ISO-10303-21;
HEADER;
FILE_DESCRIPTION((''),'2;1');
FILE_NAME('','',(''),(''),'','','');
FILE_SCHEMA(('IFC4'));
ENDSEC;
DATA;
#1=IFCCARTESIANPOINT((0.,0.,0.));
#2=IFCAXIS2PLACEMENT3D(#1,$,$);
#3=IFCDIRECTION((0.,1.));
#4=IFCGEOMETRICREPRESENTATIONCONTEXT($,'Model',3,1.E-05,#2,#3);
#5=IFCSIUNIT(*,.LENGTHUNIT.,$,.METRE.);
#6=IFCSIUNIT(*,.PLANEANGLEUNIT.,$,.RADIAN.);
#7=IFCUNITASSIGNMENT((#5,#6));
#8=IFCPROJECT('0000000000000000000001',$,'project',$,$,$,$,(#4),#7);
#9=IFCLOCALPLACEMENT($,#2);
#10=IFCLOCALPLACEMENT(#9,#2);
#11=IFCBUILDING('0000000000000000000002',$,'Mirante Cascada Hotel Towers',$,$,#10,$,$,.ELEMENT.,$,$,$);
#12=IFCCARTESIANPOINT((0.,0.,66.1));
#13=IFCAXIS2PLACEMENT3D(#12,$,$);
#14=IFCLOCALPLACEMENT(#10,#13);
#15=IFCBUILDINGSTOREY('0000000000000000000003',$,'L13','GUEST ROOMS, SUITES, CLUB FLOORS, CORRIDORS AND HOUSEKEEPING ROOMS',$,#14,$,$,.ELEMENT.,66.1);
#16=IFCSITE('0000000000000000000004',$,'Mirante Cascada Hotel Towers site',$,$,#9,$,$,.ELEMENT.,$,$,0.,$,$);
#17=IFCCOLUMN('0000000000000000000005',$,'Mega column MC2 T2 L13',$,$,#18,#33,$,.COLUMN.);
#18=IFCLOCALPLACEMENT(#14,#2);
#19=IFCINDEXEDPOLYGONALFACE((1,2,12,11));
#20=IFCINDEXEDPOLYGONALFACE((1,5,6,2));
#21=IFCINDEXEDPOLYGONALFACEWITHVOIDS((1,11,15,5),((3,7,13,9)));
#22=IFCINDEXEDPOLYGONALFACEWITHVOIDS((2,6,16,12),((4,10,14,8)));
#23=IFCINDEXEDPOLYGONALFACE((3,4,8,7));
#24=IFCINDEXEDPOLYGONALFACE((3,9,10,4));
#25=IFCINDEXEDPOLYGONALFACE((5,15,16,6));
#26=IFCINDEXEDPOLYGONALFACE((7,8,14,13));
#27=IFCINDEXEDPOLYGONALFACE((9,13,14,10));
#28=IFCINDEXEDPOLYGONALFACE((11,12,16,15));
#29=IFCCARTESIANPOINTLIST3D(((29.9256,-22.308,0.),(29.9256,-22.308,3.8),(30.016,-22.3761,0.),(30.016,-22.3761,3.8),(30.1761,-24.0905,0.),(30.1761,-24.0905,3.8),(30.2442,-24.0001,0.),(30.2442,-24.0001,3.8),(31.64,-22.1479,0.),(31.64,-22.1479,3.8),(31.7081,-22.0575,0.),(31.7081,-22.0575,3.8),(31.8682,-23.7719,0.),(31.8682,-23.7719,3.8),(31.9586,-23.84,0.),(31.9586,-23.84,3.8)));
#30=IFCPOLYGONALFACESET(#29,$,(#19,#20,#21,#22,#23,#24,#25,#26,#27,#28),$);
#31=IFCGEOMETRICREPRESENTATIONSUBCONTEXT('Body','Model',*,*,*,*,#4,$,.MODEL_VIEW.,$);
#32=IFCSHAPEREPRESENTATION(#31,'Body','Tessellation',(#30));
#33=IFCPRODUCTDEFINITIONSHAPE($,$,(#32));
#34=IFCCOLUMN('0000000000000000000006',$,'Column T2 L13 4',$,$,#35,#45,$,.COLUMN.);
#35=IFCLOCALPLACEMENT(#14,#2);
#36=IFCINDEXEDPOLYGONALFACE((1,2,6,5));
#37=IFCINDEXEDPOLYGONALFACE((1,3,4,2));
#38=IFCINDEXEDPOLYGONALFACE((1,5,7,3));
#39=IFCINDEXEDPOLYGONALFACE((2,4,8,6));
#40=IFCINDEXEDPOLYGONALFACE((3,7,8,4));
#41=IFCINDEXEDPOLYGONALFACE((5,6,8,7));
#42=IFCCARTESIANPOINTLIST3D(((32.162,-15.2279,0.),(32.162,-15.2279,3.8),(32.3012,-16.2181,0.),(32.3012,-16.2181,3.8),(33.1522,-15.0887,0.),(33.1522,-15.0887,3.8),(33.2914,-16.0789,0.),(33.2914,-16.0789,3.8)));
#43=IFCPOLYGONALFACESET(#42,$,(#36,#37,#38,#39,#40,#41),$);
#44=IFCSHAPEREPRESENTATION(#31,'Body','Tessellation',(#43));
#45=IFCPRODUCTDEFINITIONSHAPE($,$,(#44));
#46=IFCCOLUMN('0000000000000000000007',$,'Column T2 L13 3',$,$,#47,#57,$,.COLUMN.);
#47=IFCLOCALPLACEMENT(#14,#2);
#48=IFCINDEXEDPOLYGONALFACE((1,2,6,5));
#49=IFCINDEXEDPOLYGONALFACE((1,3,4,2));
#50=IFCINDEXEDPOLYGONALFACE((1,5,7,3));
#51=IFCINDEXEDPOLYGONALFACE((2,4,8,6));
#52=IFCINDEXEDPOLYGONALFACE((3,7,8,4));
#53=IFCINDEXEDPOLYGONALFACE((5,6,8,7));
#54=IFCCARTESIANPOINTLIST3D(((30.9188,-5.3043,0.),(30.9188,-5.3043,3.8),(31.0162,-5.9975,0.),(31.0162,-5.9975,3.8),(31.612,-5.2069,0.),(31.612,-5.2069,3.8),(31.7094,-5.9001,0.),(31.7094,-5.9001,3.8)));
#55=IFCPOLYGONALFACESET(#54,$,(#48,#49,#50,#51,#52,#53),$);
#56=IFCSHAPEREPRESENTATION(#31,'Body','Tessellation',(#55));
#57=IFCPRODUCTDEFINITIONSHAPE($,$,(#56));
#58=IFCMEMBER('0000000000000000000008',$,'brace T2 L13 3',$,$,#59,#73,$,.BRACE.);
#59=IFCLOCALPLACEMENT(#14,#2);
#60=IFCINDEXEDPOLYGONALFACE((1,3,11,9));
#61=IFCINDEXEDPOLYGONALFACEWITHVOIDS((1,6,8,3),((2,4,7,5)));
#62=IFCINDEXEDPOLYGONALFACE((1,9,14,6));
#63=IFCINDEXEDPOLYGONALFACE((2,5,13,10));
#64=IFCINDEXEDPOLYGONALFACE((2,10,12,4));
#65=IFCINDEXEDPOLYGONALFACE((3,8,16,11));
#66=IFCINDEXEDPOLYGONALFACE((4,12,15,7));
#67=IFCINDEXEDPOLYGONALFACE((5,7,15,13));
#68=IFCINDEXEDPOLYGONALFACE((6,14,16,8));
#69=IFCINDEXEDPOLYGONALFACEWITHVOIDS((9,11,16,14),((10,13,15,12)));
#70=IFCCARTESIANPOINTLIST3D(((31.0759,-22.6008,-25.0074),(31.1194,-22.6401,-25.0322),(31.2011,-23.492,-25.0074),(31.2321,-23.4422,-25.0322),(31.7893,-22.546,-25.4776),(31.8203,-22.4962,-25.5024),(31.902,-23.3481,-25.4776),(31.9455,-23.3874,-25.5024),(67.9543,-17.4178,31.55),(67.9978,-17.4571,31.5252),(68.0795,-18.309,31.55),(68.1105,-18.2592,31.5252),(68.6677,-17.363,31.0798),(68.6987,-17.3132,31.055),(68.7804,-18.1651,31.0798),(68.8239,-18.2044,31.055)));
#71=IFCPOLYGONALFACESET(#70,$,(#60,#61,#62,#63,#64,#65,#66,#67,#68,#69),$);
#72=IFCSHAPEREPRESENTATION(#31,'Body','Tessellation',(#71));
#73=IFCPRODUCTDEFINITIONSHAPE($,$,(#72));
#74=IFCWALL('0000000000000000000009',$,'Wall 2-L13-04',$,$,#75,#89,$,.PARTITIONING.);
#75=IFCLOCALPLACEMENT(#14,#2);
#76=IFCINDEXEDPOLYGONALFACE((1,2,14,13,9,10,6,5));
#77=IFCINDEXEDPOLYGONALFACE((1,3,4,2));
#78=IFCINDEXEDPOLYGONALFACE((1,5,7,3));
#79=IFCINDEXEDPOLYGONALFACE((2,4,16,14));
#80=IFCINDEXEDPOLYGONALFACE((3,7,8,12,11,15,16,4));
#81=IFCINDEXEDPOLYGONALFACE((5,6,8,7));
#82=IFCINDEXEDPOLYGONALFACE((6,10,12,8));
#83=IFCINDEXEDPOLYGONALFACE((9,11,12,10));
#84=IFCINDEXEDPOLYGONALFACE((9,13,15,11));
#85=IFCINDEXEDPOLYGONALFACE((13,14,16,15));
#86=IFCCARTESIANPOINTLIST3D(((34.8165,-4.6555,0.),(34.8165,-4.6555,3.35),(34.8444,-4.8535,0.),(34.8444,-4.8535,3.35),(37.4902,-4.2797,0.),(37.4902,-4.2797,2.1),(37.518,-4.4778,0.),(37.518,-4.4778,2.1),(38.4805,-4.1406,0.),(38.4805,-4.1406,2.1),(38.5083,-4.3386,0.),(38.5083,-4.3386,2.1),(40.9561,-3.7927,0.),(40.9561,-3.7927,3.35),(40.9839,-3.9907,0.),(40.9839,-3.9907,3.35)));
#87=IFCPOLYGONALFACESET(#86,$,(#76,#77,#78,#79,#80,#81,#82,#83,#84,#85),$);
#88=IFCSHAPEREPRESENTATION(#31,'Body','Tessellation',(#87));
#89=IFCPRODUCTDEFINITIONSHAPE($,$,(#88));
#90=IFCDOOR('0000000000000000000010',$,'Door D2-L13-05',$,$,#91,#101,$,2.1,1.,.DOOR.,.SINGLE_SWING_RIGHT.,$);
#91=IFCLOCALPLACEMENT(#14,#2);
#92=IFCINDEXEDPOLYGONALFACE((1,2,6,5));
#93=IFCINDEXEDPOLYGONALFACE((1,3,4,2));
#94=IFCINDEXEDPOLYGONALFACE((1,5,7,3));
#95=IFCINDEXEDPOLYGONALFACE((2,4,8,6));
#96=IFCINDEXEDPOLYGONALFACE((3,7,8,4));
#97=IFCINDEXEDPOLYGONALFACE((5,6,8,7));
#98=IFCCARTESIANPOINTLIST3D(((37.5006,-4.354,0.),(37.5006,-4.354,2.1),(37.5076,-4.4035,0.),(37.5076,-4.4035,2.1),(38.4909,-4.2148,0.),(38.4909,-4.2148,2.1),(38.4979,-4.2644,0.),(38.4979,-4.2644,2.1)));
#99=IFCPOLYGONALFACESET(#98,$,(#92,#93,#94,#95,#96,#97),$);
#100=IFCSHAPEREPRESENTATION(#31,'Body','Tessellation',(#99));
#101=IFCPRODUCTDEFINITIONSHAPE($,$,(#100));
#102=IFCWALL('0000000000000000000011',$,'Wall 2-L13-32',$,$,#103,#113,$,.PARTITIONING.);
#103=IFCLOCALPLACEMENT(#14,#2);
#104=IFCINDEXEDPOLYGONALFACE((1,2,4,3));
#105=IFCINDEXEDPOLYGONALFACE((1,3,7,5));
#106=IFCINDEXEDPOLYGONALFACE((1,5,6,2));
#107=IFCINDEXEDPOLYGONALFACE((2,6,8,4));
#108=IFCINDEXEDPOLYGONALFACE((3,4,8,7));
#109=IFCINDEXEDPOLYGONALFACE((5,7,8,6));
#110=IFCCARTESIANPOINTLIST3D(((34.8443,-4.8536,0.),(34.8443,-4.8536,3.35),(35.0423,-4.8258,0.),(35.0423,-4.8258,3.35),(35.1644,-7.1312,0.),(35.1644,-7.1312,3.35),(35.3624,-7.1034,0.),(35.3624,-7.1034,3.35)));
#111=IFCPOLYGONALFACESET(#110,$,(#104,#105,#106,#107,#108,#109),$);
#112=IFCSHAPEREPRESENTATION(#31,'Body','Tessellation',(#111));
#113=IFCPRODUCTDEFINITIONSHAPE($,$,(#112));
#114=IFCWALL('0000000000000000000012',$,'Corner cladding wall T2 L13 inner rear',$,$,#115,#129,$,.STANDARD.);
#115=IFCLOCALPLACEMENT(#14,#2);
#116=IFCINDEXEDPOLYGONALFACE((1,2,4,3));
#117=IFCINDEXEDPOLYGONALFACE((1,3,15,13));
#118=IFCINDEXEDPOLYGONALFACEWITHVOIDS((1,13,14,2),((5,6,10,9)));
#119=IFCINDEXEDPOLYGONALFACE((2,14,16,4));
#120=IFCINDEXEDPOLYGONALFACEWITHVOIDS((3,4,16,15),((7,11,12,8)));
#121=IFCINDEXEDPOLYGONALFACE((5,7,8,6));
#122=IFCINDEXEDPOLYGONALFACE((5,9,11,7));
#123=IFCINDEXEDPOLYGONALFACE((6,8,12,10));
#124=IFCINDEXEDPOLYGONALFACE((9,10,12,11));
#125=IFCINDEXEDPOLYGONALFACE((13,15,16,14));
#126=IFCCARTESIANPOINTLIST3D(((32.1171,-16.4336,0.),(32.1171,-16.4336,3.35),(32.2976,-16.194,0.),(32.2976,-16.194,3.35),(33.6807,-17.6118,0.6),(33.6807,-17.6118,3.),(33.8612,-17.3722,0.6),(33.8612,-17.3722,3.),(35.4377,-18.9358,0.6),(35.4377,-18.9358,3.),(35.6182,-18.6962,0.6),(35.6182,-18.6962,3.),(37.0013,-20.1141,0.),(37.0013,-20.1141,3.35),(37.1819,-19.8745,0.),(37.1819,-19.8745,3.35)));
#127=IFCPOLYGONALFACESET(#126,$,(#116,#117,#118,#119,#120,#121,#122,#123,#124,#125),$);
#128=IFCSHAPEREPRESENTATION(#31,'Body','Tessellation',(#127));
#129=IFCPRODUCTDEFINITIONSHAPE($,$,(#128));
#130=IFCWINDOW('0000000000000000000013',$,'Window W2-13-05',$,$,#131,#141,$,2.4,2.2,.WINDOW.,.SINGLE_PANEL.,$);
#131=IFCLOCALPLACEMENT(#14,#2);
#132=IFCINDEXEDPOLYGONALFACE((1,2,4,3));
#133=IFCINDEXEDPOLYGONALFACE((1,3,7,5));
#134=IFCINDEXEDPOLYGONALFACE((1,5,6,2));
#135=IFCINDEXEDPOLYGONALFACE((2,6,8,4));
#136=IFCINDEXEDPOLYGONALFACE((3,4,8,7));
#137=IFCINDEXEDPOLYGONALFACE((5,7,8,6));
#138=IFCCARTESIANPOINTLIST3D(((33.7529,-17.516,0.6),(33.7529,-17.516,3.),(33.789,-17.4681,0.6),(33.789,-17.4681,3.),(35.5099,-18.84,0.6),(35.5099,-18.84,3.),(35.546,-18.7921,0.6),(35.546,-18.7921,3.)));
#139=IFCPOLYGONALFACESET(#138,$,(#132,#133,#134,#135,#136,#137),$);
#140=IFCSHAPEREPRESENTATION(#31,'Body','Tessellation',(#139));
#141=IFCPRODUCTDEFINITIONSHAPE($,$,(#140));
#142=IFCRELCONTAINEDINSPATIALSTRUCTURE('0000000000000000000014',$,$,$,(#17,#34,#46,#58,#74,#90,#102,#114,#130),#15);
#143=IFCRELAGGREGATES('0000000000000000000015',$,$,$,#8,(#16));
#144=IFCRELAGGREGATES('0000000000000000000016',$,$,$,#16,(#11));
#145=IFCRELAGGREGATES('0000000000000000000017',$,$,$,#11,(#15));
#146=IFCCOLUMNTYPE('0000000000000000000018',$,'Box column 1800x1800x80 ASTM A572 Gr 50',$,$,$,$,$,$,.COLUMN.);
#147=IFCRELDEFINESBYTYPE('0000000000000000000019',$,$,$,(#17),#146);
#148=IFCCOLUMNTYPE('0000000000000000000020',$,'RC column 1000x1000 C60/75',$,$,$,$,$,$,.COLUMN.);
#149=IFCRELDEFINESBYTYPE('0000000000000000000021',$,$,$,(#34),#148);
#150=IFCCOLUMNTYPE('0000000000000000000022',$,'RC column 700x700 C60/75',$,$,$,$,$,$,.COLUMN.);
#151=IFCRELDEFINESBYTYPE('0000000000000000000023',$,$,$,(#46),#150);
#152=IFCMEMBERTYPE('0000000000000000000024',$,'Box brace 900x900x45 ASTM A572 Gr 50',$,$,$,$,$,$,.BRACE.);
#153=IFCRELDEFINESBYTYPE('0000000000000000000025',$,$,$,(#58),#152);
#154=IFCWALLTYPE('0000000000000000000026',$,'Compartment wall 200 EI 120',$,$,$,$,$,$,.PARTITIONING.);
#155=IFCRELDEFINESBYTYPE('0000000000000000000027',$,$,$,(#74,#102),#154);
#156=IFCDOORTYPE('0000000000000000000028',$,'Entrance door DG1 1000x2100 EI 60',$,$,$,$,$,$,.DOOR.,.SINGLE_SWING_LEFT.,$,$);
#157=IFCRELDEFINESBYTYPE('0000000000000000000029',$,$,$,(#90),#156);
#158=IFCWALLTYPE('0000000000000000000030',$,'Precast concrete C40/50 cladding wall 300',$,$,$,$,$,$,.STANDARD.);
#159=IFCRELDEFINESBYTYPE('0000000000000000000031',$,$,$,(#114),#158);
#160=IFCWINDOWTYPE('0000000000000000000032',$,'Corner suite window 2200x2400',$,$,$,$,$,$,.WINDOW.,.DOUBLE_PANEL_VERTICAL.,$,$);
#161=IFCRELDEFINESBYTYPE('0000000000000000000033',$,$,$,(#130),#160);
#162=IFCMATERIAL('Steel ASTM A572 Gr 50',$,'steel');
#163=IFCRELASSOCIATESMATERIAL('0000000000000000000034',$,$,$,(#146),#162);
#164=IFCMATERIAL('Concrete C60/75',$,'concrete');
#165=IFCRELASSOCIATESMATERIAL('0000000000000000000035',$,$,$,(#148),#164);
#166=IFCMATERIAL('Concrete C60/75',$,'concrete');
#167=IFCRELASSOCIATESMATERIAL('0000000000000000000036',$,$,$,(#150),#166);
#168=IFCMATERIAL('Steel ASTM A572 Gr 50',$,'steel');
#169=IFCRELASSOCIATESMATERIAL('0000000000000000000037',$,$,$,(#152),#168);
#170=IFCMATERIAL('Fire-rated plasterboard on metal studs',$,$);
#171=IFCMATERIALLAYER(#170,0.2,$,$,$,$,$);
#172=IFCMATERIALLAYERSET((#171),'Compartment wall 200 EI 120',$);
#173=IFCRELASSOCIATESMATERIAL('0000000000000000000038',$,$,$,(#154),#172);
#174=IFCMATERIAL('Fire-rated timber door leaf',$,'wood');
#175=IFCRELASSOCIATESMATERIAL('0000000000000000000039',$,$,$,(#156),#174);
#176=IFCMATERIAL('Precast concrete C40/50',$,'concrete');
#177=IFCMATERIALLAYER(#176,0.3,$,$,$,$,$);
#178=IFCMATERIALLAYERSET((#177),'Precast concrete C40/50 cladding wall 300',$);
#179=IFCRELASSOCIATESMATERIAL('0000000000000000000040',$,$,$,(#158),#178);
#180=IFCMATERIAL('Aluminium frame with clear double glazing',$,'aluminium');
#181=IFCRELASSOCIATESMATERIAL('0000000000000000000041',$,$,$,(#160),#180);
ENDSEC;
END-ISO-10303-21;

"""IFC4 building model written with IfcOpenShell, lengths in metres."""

from ifc_helpers import new_model, si_unit, direction, frame, frame_2d, origin, origin_2d, place, context, subcontext, project, spatial, rectangle, hollow_rectangle, extrude, material, layer, layer_set, material_profile, profile_set, type_object, element, fill, save


model = new_model("IFC4")

# Units and contexts
model_context = context("Model", 3, precision=1e-05, world=origin(), true_north=direction((0.0, 1.0)))
body_context = subcontext(model_context, "Body", "Model", "MODEL_VIEW")
ifc_project = project(units=[si_unit("LENGTHUNIT", "METRE"), si_unit("PLANEANGLEUNIT", "RADIAN")], contexts=[model_context])

# Site, building, storey
site_placement = place(None, origin())
site = spatial("IfcSite", under=ifc_project, at=site_placement, Name="Mirante Cascada Hotel Towers site", CompositionType="ELEMENT", RefElevation=0.0)
building_placement = place(site_placement, origin())
building = spatial("IfcBuilding", under=site, at=building_placement, Name="Mirante Cascada Hotel Towers", CompositionType="ELEMENT")
storey_placement = place(building_placement, frame((0.0, 0.0, 66.1)))
storey = spatial("IfcBuildingStorey", under=building, at=storey_placement, Name="L13", Description="GUEST ROOMS, SUITES, CLUB FLOORS, CORRIDORS AND HOUSEKEEPING ROOMS", CompositionType="ELEMENT", Elevation=66.1)

# Columns
ifc_material_1 = material(Name="Steel ASTM A572 Gr 50", Category="steel")
ifc_material_profile_1 = material_profile(ifc_material_1, hollow_rectangle(XDim=1.8, YDim=1.8, WallThickness=0.08, at=origin_2d()), Name="Box column 1800x1800x80 ASTM A572 Gr 50")
ifc_profile_set_1 = profile_set([ifc_material_profile_1], Name="Steel ASTM A572 Gr 50")
column_type_1 = type_object("IfcColumnType", Name="Box column 1800x1800x80 ASTM A572 Gr 50", PredefinedType="COLUMN", material=ifc_profile_set_1)
column_1_placement = place(storey_placement, frame((30.9421, -23.074, 0.0), z_axis=(0.0, 0.0, 1.0), x_axis=(0.990268, 0.139173, 0.0)))
element("IfcColumn", 1, at=column_1_placement, inside=storey, type_object=column_type_1, Name="Mega column MC2 T2 L13", PredefinedType="COLUMN", context=body_context, shape_type="SweptSolid", body=[
    extrude(hollow_rectangle(XDim=1.8, YDim=1.8, WallThickness=0.08, at=origin_2d()), origin(), (0.0, 0.0, 1.0), 3.8),
])
ifc_material_2 = material(Name="Concrete C60/75", Category="concrete")
ifc_material_profile_2 = material_profile(ifc_material_2, rectangle(XDim=1.0, YDim=1.0, at=origin_2d()), Name="RC column 1000x1000 C60/75")
ifc_profile_set_2 = profile_set([ifc_material_profile_2], Name="Concrete C60/75")
column_type_2 = type_object("IfcColumnType", Name="RC column 1000x1000 C60/75", PredefinedType="COLUMN", material=ifc_profile_set_2)
column_2_placement = place(storey_placement, frame((32.7267, -15.6534, 0.0), z_axis=(0.0, 0.0, 1.0), x_axis=(0.990268, 0.139173, 0.0)))
element("IfcColumn", 2, at=column_2_placement, inside=storey, type_object=column_type_2, Name="Column T2 L13 4", PredefinedType="COLUMN", context=body_context, shape_type="SweptSolid", body=[
    extrude(rectangle(XDim=1.0, YDim=1.0, at=origin_2d()), origin(), (0.0, 0.0, 1.0), 3.8),
])
ifc_material_3 = material(Name="Concrete C60/75", Category="concrete")
ifc_material_profile_3 = material_profile(ifc_material_3, rectangle(XDim=0.7, YDim=0.7, at=origin_2d()), Name="RC column 700x700 C60/75")
ifc_profile_set_3 = profile_set([ifc_material_profile_3], Name="Concrete C60/75")
column_type_3 = type_object("IfcColumnType", Name="RC column 700x700 C60/75", PredefinedType="COLUMN", material=ifc_profile_set_3)
column_3_placement = place(storey_placement, frame((31.3141, -5.6022, 0.0), z_axis=(0.0, 0.0, 1.0), x_axis=(0.990268, 0.139173, 0.0)))
element("IfcColumn", 3, at=column_3_placement, inside=storey, type_object=column_type_3, Name="Column T2 L13 3", PredefinedType="COLUMN", context=body_context, shape_type="SweptSolid", body=[
    extrude(rectangle(XDim=0.7, YDim=0.7, at=origin_2d()), origin(), (0.0, 0.0, 1.0), 3.8),
])

# Member
ifc_material_4 = material(Name="Steel ASTM A572 Gr 50", Category="steel")
ifc_material_profile_4 = material_profile(ifc_material_4, hollow_rectangle(XDim=0.9, YDim=0.9, WallThickness=0.045, at=origin_2d()), Name="Box brace 900x900x45 ASTM A572 Gr 50")
ifc_profile_set_4 = profile_set([ifc_material_profile_4], Name="Steel ASTM A572 Gr 50")
member_type = type_object("IfcMemberType", Name="Box brace 900x900x45 ASTM A572 Gr 50", PredefinedType="BRACE", material=ifc_profile_set_4)
member_placement = place(storey_placement, frame((31.5107, -22.9941, -25.2549), z_axis=(0.544594, 0.076539, 0.8352), x_axis=(-0.139175, 0.990268, 0.0)))
element("IfcMember", 4, at=member_placement, inside=storey, type_object=member_type, Name="brace T2 L13 3", PredefinedType="BRACE", context=body_context, shape_type="SweptSolid", body=[
    extrude(hollow_rectangle(XDim=0.9, YDim=0.9, WallThickness=0.045, at=origin_2d()), origin(), (0.0, 0.0, 1.0), 67.7172),
])

# Wall, opening, door
ifc_material_5 = material(Name="Fire-rated plasterboard on metal studs")
ifc_layer_1 = layer(ifc_material_5, 0.2)
ifc_layer_set_1 = layer_set([ifc_layer_1], Name="Compartment wall 200 EI 120")
wall_type_1 = type_object("IfcWallType", Name="Compartment wall 200 EI 120", PredefinedType="PARTITIONING", material=ifc_layer_set_1)
wall_1_placement = place(storey_placement, frame((34.8304, -4.7545, 0.0), z_axis=(0.0, 0.0, 1.0), x_axis=(0.99027, 0.139163, 0.0)))
wall_1 = element("IfcWall", 5, at=wall_1_placement, inside=storey, type_object=wall_type_1, Name="Wall 2-L13-04", PredefinedType="PARTITIONING", context=body_context, shape_type="SweptSolid", body=[
    extrude(rectangle(XDim=6.1999, YDim=0.2, at=frame_2d((3.1, 0.0))), origin(), (0.0, 0.0, 1.0), 3.35),
])
opening_1_placement = place(wall_1_placement, frame((2.7, 0.0, 0.0)))
opening_1 = element("IfcOpeningElement", 6, at=opening_1_placement, cuts=wall_1, PredefinedType="OPENING", context=body_context, shape_type="SweptSolid", body=[
    extrude(rectangle(XDim=1.0, YDim=2.1, at=frame_2d((0.5, 1.05))), frame((0.0, 0.1, 0.0), z_axis=(0.0, -1.0, 0.0), x_axis=(1.0, 0.0, 0.0)), (0.0, 0.0, 1.0), 0.2),
])
ifc_material_6 = material(Name="Fire-rated timber door leaf", Category="wood")
door_type_1 = type_object("IfcDoorType", Name="Entrance door DG1 1000x2100 EI 60", OperationType="SINGLE_SWING_LEFT", PredefinedType="DOOR", material=ifc_material_6)
door_1_placement = place(opening_1_placement, frame((1.0, 0.0, 0.0), z_axis=(0.0, 0.0, 1.0), x_axis=(-1.0, 0.0, 0.0)))
door_1 = element("IfcDoor", 7, at=door_1_placement, inside=storey, type_object=door_type_1, Name="Door D2-L13-05", OperationType="SINGLE_SWING_RIGHT", OverallHeight=2.1, OverallWidth=1.0, PredefinedType="DOOR", context=body_context, shape_type="SweptSolid", body=[
    extrude(rectangle(XDim=1.0, YDim=2.1, at=frame_2d((0.5, 1.05))), frame((0.0, 0.025, 0.0), z_axis=(0.0, -1.0, 0.0), x_axis=(1.0, 0.0, 0.0)), (0.0, 0.0, 1.0), 0.05),
])
fill(opening_1, door_1)

# Wall
wall_2_placement = place(storey_placement, frame((35.2634, -7.1173, 0.0), z_axis=(0.0, 0.0, 1.0), x_axis=(-0.139175, 0.990268, 0.0)))
element("IfcWall", 8, at=wall_2_placement, inside=storey, type_object=wall_type_1, Name="Wall 2-L13-32", PredefinedType="PARTITIONING", context=body_context, shape_type="SweptSolid", body=[
    extrude(rectangle(XDim=2.3, YDim=0.2, at=frame_2d((1.15, 0.0))), origin(), (0.0, 0.0, 1.0), 3.35),
])

# Wall, opening, window
ifc_material_7 = material(Name="Precast concrete C40/50", Category="concrete")
ifc_layer_2 = layer(ifc_material_7, 0.3)
ifc_layer_set_2 = layer_set([ifc_layer_2], Name="Precast concrete C40/50 cladding wall 300")
wall_type_2 = type_object("IfcWallType", Name="Precast concrete C40/50 cladding wall 300", PredefinedType="STANDARD", material=ifc_layer_set_2)
wall_3_placement = place(storey_placement, frame((32.2074, -16.3138, 0.0), z_axis=(0.0, 0.0, 1.0), x_axis=(0.798636, -0.601814, 0.0)))
wall_3 = element("IfcWall", 9, at=wall_3_placement, inside=storey, type_object=wall_type_2, Name="Corner cladding wall T2 L13 inner rear", PredefinedType="STANDARD", context=body_context, shape_type="SweptSolid", body=[
    extrude(rectangle(XDim=6.1157, YDim=0.3, at=frame_2d((3.0578, 0.0))), origin(), (0.0, 0.0, 1.0), 3.35),
])
opening_2_placement = place(wall_3_placement, frame((1.9578, 0.0, 0.6)))
opening_2 = element("IfcOpeningElement", 10, at=opening_2_placement, cuts=wall_3, PredefinedType="OPENING", context=body_context, shape_type="SweptSolid", body=[
    extrude(rectangle(XDim=2.2, YDim=2.4, at=frame_2d((1.1, 1.2))), frame((0.0, 0.15, 0.0), z_axis=(0.0, -1.0, 0.0), x_axis=(1.0, 0.0, 0.0)), (0.0, 0.0, 1.0), 0.3),
])
ifc_material_8 = material(Name="Aluminium frame with clear double glazing", Category="aluminium")
window_type = type_object("IfcWindowType", Name="Corner suite window 2200x2400", PartitioningType="DOUBLE_PANEL_VERTICAL", PredefinedType="WINDOW", material=ifc_material_8)
window_placement = place(opening_2_placement, origin())
window = element("IfcWindow", 11, at=window_placement, inside=storey, type_object=window_type, Name="Window W2-13-05", OverallHeight=2.4, OverallWidth=2.2, PartitioningType="SINGLE_PANEL", PredefinedType="WINDOW", context=body_context, shape_type="SweptSolid", body=[
    extrude(rectangle(XDim=2.2, YDim=2.4, at=frame_2d((1.1, 1.2))), frame((0.0, 0.03, 0.0), z_axis=(0.0, -1.0, 0.0), x_axis=(1.0, 0.0, 0.0)), (0.0, 0.0, 1.0), 0.06),
])
fill(opening_2, window)

save(model, "model.ifc")
